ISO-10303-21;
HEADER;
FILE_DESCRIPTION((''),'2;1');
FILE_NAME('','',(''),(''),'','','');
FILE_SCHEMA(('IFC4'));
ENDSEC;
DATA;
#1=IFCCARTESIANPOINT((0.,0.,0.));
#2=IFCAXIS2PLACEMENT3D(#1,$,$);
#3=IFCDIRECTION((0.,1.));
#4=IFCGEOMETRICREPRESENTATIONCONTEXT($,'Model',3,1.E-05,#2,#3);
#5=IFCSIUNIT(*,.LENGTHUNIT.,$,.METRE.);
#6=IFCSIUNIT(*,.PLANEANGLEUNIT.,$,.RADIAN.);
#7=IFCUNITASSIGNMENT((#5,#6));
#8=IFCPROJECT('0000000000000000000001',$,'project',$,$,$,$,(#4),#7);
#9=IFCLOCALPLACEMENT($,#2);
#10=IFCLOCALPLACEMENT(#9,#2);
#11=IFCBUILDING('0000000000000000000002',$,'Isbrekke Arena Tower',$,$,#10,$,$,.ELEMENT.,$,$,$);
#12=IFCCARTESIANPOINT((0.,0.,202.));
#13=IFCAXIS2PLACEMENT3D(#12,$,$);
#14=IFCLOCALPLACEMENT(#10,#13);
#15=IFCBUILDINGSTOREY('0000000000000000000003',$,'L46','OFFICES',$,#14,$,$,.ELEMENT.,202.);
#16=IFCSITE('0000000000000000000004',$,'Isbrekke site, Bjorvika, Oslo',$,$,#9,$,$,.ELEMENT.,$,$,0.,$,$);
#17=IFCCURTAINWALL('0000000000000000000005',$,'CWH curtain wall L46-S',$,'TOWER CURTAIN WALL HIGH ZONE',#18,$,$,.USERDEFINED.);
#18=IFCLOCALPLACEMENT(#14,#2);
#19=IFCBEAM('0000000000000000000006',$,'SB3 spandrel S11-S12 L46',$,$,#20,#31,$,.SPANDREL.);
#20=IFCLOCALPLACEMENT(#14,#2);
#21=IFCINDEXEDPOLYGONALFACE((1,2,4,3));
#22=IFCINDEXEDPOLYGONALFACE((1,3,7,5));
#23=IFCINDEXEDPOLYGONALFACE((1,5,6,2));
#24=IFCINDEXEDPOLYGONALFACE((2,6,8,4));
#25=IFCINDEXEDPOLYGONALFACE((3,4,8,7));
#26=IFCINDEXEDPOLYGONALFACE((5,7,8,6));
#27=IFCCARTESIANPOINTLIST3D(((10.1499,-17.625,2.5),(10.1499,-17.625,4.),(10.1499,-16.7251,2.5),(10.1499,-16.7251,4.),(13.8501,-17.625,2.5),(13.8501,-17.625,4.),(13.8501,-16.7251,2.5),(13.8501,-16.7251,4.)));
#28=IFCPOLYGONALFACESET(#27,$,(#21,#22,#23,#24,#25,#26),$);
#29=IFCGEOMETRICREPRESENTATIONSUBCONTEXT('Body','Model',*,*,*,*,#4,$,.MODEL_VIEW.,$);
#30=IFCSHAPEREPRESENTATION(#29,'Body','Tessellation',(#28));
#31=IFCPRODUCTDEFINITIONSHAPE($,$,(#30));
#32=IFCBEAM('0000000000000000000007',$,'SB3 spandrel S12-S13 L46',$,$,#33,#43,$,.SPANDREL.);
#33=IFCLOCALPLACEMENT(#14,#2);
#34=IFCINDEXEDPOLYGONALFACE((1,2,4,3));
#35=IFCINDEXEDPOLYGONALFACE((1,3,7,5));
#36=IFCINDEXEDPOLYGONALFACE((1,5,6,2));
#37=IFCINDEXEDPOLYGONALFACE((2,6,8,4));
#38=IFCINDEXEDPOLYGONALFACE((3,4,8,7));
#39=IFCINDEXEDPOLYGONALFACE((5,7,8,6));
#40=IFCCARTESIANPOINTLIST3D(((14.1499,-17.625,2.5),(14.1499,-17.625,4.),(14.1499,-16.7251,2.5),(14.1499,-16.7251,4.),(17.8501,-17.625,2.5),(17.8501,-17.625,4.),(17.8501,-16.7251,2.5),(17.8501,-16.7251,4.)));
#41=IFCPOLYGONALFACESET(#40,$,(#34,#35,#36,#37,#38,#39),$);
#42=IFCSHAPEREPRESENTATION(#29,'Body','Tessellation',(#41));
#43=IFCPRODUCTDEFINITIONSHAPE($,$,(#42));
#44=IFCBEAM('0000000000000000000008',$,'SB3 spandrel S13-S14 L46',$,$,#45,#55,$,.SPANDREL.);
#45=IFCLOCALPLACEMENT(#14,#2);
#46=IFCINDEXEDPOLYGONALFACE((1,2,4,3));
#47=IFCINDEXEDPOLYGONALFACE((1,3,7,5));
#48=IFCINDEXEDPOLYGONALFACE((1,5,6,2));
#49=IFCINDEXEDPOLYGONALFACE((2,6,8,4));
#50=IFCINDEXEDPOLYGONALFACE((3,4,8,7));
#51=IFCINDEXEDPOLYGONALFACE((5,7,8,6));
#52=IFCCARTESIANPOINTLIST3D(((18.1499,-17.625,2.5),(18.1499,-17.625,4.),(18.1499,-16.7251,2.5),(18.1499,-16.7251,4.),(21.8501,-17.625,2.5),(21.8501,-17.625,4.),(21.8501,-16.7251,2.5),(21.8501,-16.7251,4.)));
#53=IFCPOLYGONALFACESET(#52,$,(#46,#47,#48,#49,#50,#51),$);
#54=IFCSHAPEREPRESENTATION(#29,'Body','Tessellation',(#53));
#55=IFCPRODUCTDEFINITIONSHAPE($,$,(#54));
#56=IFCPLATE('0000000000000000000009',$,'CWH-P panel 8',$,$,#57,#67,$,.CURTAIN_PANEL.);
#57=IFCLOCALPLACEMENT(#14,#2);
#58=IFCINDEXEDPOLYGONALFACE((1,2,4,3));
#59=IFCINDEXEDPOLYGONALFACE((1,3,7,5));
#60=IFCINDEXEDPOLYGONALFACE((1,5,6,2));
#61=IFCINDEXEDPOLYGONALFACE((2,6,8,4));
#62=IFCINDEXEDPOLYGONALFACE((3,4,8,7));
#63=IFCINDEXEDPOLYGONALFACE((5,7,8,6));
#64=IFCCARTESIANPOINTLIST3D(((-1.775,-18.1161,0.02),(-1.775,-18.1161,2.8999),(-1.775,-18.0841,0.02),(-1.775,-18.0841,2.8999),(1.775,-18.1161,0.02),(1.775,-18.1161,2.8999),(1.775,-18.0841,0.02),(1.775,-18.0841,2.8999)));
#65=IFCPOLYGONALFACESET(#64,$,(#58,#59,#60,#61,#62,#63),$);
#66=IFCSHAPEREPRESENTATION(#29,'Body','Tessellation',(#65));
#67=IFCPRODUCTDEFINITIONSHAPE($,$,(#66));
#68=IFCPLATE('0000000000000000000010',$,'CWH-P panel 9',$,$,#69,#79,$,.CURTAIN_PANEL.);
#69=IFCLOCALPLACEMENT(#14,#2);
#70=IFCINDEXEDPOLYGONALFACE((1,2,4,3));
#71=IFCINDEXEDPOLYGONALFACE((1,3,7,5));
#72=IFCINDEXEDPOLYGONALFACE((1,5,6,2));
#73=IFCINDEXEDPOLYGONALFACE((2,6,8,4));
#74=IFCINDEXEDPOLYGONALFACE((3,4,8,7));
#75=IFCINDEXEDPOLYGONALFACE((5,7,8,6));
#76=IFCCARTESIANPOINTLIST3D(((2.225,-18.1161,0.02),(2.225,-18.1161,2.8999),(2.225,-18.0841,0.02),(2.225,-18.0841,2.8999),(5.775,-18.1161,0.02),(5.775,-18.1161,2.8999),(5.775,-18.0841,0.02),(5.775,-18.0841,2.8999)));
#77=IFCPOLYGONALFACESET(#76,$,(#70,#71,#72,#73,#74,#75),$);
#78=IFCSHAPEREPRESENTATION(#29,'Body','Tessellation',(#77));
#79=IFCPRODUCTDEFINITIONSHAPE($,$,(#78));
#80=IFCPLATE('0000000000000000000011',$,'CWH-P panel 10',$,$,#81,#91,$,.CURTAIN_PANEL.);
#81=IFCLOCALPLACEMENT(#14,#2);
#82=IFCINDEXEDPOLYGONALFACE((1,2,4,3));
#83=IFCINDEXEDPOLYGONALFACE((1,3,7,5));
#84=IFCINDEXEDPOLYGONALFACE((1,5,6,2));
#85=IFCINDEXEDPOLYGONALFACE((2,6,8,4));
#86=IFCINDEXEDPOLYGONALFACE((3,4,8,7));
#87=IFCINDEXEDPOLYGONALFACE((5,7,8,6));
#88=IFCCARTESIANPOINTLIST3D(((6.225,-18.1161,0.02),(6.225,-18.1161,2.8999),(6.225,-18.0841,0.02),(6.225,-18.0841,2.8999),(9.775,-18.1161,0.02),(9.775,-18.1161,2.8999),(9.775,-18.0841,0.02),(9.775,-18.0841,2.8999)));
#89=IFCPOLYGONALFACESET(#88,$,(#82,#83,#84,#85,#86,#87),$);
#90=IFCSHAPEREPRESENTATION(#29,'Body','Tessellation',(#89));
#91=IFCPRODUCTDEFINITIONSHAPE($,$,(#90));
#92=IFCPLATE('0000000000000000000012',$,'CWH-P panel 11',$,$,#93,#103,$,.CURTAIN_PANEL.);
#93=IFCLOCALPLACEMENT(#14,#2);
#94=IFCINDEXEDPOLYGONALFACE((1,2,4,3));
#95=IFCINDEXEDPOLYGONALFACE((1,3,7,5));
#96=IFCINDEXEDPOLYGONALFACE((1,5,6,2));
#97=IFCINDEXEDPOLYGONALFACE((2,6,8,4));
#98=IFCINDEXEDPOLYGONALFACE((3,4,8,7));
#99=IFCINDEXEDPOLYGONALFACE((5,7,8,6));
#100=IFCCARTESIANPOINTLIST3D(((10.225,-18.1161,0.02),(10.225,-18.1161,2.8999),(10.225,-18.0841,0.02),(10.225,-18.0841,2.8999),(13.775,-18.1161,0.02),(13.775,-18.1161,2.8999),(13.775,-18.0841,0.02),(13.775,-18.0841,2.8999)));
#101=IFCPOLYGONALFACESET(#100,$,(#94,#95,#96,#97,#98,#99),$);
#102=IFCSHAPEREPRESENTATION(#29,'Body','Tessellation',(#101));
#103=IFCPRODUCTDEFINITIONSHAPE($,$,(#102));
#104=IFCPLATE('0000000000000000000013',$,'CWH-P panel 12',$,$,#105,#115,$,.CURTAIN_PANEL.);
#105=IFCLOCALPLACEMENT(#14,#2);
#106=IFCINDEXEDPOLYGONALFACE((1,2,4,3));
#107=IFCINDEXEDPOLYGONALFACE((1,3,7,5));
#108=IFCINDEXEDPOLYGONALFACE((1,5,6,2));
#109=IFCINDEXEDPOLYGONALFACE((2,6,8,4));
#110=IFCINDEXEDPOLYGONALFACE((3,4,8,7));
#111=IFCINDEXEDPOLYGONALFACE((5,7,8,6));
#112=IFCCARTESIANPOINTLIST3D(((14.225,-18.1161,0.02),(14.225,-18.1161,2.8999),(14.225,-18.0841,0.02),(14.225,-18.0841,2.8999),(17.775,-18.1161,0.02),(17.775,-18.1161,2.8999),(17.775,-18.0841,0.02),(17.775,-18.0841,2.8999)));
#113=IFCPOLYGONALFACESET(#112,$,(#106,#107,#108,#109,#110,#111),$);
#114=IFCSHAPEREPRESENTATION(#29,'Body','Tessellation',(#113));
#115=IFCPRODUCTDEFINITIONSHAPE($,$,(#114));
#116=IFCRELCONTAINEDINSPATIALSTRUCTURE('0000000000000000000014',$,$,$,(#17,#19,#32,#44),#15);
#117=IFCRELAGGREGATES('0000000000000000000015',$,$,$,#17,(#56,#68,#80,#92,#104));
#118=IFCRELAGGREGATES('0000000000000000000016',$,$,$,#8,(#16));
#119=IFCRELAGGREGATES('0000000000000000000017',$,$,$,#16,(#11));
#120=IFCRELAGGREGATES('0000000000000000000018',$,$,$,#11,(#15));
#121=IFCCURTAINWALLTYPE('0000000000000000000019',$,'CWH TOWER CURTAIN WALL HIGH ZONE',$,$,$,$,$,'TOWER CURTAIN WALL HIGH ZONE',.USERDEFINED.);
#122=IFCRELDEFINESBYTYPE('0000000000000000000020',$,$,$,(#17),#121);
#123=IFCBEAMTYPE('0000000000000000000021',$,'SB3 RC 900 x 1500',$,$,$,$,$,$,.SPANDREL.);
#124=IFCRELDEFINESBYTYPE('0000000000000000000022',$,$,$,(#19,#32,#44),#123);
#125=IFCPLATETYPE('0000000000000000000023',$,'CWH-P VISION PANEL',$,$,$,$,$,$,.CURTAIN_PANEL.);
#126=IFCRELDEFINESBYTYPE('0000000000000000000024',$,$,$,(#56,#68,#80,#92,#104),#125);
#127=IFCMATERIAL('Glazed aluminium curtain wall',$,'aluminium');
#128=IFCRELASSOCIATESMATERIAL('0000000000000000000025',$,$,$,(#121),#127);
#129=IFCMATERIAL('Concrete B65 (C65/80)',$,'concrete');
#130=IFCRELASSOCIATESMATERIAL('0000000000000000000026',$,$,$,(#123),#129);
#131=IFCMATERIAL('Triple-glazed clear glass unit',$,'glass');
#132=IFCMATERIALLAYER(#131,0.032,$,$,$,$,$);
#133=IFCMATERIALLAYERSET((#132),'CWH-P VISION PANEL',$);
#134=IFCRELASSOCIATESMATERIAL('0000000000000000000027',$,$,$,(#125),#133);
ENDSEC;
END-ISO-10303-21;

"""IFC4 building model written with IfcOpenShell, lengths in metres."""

from ifc_helpers import new_model, si_unit, direction, frame, origin, origin_2d, place, context, subcontext, project, spatial, rectangle, extrude, material, layer, layer_set, material_profile, profile_set, type_object, element, aggregate, save


model = new_model("IFC4")

# Units and contexts
model_context = context("Model", 3, precision=1e-05, world=origin(), true_north=direction((0.0, 1.0)))
body_context = subcontext(model_context, "Body", "Model", "MODEL_VIEW")
ifc_project = project(units=[si_unit("LENGTHUNIT", "METRE"), si_unit("PLANEANGLEUNIT", "RADIAN")], contexts=[model_context])

# Site, building, storey
site_placement = place(None, origin())
site = spatial("IfcSite", under=ifc_project, at=site_placement, Name="Isbrekke site, Bjorvika, Oslo", CompositionType="ELEMENT", RefElevation=0.0)
building_placement = place(site_placement, origin())
building = spatial("IfcBuilding", under=site, at=building_placement, Name="Isbrekke Arena Tower", CompositionType="ELEMENT")
storey_placement = place(building_placement, frame((0.0, 0.0, 202.0)))
storey = spatial("IfcBuildingStorey", under=building, at=storey_placement, Name="L46", Description="OFFICES", CompositionType="ELEMENT", Elevation=202.0)

# Curtain wall
ifc_material_1 = material(Name="Glazed aluminium curtain wall", Category="aluminium")
curtain_wall_type = type_object("IfcCurtainWallType", Name="CWH TOWER CURTAIN WALL HIGH ZONE", ElementType="TOWER CURTAIN WALL HIGH ZONE", PredefinedType="USERDEFINED", material=ifc_material_1)
curtain_wall_placement = place(storey_placement, origin())
curtain_wall = element("IfcCurtainWall", 1, at=curtain_wall_placement, inside=storey, type_object=curtain_wall_type, Name="CWH curtain wall L46-S", ObjectType="TOWER CURTAIN WALL HIGH ZONE", PredefinedType="USERDEFINED")

# Beams
ifc_material_2 = material(Name="Concrete B65 (C65/80)", Category="concrete")
ifc_material_profile_1 = material_profile(ifc_material_2, rectangle(XDim=0.8999, YDim=1.5, at=origin_2d()), Name="RC 900x1500")
ifc_profile_set_1 = profile_set([ifc_material_profile_1], Name="Concrete B65 (C65/80)")
beam_type_1 = type_object("IfcBeamType", Name="SB3 RC 900 x 1500", PredefinedType="SPANDREL", material=ifc_profile_set_1)
for number, where, z_axis, x_axis, name in (
    (2, (10.1499, -17.175, 3.25), (1.0, 0.0, 0.0), (0.0, 1.0, 0.0), "SB3 spandrel S11-S12 L46"),
    (3, (14.1499, -17.175, 3.25), (1.0, 0.0, 0.0), (0.0, 1.0, 0.0), "SB3 spandrel S12-S13 L46"),
    (4, (18.1499, -17.175, 3.25), (1.0, 0.0, 0.0), (0.0, 1.0, 0.0), "SB3 spandrel S13-S14 L46"),
):
    element("IfcBeam", number, at=place(storey_placement, frame(where, z_axis=z_axis, x_axis=x_axis)), inside=storey, type_object=beam_type_1, Name=name, PredefinedType="SPANDREL", context=body_context, shape_type="SweptSolid", body=[
        extrude(rectangle(XDim=0.8999, YDim=1.5, at=origin_2d()), origin(), (0.0, 0.0, 1.0), 3.7002),
    ])

# Plates
ifc_material_3 = material(Name="Triple-glazed clear glass unit", Category="glass")
ifc_layer = layer(ifc_material_3, 0.032)
ifc_layer_set = layer_set([ifc_layer], Name="CWH-P VISION PANEL")
plate_type = type_object("IfcPlateType", Name="CWH-P VISION PANEL", PredefinedType="CURTAIN_PANEL", material=ifc_layer_set)
plate_1_placement = place(storey_placement, frame((0.0, -18.1001, 0.02), z_axis=(0.0, 0.0, 1.0), x_axis=(1.0, 0.0, 0.0)))
plate_1 = element("IfcPlate", 5, at=plate_1_placement, type_object=plate_type, Name="CWH-P panel 8", PredefinedType="CURTAIN_PANEL", context=body_context, shape_type="SweptSolid", body=[
    extrude(rectangle(XDim=3.55, YDim=0.032, at=origin_2d()), origin(), (0.0, 0.0, 1.0), 2.8799),
])
plate_2_placement = place(storey_placement, frame((4.0, -18.1001, 0.02), z_axis=(0.0, 0.0, 1.0), x_axis=(1.0, 0.0, 0.0)))
plate_2 = element("IfcPlate", 6, at=plate_2_placement, type_object=plate_type, Name="CWH-P panel 9", PredefinedType="CURTAIN_PANEL", context=body_context, shape_type="SweptSolid", body=[
    extrude(rectangle(XDim=3.55, YDim=0.032, at=origin_2d()), origin(), (0.0, 0.0, 1.0), 2.8799),
])
plate_3_placement = place(storey_placement, frame((8.0, -18.1001, 0.02), z_axis=(0.0, 0.0, 1.0), x_axis=(1.0, 0.0, 0.0)))
plate_3 = element("IfcPlate", 7, at=plate_3_placement, type_object=plate_type, Name="CWH-P panel 10", PredefinedType="CURTAIN_PANEL", context=body_context, shape_type="SweptSolid", body=[
    extrude(rectangle(XDim=3.55, YDim=0.032, at=origin_2d()), origin(), (0.0, 0.0, 1.0), 2.8799),
])
plate_4_placement = place(storey_placement, frame((12.0, -18.1001, 0.02), z_axis=(0.0, 0.0, 1.0), x_axis=(1.0, 0.0, 0.0)))
plate_4 = element("IfcPlate", 8, at=plate_4_placement, type_object=plate_type, Name="CWH-P panel 11", PredefinedType="CURTAIN_PANEL", context=body_context, shape_type="SweptSolid", body=[
    extrude(rectangle(XDim=3.55, YDim=0.032, at=origin_2d()), origin(), (0.0, 0.0, 1.0), 2.8799),
])
plate_5_placement = place(storey_placement, frame((16.0, -18.1001, 0.02), z_axis=(0.0, 0.0, 1.0), x_axis=(1.0, 0.0, 0.0)))
plate_5 = element("IfcPlate", 9, at=plate_5_placement, type_object=plate_type, Name="CWH-P panel 12", PredefinedType="CURTAIN_PANEL", context=body_context, shape_type="SweptSolid", body=[
    extrude(rectangle(XDim=3.55, YDim=0.032, at=origin_2d()), origin(), (0.0, 0.0, 1.0), 2.8799),
])
aggregate(curtain_wall, [plate_1, plate_2, plate_3, plate_4, plate_5])

save(model, "model.ifc")
